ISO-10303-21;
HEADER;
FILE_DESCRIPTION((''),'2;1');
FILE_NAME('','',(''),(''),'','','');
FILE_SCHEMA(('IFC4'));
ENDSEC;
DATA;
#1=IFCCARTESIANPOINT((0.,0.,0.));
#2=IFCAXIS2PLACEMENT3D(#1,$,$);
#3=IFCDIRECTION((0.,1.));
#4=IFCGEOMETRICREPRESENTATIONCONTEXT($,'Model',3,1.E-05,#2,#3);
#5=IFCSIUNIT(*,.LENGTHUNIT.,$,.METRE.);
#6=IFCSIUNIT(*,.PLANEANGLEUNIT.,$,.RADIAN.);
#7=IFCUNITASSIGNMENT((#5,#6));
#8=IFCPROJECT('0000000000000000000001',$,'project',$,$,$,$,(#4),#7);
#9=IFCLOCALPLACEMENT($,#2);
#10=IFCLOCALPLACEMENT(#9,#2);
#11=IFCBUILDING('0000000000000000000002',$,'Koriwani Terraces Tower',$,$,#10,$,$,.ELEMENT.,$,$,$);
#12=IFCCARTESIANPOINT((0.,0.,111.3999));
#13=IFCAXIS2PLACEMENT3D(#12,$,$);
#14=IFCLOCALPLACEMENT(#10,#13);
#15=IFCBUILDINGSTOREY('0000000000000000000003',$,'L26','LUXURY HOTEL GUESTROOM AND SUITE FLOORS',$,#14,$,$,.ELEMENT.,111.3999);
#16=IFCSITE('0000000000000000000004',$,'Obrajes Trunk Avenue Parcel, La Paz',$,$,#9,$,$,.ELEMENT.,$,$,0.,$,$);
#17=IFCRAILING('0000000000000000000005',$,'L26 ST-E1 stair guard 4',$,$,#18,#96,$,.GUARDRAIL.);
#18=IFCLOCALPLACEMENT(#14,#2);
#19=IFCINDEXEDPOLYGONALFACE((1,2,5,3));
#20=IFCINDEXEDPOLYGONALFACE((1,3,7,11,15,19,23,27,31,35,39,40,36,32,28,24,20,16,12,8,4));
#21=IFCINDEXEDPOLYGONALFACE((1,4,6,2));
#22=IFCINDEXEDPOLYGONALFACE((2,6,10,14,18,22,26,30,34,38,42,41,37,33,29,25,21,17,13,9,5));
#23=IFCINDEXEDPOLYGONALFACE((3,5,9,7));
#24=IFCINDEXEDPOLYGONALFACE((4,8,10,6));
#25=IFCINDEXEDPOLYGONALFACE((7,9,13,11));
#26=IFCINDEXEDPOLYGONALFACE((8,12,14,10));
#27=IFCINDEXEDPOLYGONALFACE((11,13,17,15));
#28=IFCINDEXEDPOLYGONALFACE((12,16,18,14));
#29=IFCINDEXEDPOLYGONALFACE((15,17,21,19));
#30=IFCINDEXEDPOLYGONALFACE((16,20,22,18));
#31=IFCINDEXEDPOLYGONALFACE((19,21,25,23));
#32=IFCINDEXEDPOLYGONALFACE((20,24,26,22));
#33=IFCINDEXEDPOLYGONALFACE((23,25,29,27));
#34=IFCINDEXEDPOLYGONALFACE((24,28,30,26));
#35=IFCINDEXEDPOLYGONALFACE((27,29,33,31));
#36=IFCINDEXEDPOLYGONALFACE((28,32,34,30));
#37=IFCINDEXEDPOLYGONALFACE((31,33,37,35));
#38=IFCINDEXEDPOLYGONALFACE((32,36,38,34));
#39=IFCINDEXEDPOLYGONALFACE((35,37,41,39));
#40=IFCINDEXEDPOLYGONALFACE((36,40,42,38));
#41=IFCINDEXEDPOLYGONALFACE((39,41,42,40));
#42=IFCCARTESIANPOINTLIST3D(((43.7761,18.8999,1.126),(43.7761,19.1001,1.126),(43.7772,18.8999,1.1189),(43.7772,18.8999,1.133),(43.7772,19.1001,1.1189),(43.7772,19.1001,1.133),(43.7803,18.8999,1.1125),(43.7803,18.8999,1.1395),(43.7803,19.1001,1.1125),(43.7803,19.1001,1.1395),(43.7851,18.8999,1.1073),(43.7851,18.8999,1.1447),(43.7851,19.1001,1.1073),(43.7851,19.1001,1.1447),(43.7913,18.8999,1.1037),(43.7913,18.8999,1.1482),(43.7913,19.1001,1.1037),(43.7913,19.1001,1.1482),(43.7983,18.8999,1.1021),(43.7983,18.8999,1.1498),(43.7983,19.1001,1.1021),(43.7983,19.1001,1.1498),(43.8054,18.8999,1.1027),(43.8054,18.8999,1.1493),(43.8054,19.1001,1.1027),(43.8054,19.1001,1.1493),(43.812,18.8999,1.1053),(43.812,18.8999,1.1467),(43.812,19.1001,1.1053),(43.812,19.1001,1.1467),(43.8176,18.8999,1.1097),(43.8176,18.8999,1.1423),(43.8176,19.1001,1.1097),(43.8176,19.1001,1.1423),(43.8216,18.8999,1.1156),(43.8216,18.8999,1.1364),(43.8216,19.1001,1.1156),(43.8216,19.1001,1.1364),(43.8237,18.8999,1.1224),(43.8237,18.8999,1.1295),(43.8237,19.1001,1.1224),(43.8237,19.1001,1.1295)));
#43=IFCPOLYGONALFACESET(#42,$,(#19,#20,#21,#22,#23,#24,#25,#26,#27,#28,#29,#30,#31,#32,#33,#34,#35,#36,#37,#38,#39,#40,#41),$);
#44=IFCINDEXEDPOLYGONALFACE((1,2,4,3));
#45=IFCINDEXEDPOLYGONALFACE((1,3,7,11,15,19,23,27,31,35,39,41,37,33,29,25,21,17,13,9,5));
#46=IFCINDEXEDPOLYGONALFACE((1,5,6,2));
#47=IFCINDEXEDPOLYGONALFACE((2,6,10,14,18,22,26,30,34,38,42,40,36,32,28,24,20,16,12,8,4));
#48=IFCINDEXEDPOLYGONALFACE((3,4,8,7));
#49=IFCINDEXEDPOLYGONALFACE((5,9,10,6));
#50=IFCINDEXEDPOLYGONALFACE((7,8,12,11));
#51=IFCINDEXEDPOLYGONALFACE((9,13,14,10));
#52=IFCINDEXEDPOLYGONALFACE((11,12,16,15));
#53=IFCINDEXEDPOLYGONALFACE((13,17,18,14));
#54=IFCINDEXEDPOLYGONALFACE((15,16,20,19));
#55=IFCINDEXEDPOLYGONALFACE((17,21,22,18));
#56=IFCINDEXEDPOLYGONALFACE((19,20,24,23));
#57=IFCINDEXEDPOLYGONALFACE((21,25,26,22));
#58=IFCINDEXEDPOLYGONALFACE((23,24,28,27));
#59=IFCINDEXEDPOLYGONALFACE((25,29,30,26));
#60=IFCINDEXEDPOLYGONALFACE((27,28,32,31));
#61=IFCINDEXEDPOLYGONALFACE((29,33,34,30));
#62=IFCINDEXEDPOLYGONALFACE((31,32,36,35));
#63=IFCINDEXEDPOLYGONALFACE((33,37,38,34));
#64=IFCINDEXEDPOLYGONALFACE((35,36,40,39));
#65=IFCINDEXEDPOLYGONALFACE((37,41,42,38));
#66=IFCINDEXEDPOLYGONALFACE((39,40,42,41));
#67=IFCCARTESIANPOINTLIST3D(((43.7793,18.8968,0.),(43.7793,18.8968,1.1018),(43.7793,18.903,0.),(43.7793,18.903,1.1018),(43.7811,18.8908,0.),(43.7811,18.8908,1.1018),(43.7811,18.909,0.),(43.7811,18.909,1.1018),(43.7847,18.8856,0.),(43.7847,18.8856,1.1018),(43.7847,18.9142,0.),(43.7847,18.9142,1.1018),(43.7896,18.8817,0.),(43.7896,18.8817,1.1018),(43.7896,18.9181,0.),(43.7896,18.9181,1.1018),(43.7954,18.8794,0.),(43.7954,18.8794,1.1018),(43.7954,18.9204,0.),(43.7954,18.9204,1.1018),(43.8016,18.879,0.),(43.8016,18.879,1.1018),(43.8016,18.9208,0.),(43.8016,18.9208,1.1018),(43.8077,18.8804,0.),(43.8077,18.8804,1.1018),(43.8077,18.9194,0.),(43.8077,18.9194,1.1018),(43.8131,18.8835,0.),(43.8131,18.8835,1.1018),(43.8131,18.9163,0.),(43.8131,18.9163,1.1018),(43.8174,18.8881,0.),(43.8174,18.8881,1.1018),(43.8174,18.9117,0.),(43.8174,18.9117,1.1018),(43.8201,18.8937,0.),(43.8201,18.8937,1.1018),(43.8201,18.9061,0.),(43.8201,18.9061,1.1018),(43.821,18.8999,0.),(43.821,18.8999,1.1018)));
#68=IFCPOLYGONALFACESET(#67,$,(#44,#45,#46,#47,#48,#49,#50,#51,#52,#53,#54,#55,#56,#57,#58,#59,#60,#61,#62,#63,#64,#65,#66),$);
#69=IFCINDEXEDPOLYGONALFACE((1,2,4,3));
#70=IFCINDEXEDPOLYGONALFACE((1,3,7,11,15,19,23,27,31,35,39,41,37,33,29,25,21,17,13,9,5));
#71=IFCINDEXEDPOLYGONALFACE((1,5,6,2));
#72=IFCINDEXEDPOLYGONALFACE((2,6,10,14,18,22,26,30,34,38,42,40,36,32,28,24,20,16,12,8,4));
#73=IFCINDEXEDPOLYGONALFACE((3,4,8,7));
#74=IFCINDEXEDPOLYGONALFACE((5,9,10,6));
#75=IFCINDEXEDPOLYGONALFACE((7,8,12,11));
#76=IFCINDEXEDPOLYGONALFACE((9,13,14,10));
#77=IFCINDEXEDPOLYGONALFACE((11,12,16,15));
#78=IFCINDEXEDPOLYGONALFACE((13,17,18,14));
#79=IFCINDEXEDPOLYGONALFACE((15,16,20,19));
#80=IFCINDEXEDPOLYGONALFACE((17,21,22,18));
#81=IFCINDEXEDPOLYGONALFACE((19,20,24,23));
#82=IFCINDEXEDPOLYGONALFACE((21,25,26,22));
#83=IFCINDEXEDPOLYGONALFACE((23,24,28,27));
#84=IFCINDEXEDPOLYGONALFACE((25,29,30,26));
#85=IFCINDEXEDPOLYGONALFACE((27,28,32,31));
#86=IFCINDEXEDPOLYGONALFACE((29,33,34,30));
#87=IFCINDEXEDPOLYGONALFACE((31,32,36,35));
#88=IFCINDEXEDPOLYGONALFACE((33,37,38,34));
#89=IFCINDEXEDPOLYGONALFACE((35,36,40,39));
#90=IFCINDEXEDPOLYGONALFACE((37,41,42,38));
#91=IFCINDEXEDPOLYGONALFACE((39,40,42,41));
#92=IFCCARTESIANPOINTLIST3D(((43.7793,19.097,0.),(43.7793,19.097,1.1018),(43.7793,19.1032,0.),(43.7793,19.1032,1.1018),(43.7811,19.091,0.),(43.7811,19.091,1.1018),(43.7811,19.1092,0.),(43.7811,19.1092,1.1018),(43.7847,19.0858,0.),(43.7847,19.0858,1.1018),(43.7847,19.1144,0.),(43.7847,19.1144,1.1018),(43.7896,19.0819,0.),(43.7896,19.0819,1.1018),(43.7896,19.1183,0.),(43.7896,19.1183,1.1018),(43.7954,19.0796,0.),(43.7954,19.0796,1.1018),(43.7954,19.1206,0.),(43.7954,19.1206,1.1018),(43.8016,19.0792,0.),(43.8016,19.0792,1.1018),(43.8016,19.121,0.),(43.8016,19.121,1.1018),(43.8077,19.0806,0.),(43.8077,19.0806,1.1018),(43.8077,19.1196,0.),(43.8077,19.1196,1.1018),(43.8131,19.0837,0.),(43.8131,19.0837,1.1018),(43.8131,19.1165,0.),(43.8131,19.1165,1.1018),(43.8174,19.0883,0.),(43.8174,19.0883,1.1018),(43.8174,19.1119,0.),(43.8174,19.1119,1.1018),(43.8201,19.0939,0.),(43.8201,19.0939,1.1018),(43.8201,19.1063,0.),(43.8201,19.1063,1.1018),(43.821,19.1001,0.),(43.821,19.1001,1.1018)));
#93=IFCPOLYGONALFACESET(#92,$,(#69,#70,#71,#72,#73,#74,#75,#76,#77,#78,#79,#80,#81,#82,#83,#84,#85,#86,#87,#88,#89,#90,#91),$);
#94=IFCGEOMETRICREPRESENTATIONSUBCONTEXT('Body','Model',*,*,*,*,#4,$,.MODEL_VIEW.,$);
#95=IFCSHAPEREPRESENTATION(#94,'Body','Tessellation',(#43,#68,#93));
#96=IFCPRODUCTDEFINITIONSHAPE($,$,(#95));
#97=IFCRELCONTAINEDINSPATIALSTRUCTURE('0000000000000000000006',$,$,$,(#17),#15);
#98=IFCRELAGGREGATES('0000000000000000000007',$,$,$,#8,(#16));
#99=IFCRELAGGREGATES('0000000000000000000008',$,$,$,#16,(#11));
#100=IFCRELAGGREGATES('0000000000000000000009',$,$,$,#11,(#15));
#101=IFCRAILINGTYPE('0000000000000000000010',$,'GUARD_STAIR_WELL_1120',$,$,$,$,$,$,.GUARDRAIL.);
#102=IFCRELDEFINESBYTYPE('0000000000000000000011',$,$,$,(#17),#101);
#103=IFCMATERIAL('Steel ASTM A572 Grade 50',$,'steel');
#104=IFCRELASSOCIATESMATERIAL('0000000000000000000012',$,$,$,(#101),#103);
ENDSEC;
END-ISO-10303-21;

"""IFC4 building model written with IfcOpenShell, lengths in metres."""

from ifc_helpers import new_model, si_unit, direction, frame, origin, origin_2d, place, context, subcontext, project, spatial, circle, extrude, material, type_object, element, save


model = new_model("IFC4")

# Units and contexts
model_context = context("Model", 3, precision=1e-05, world=origin(), true_north=direction((0.0, 1.0)))
body_context = subcontext(model_context, "Body", "Model", "MODEL_VIEW")
ifc_project = project(units=[si_unit("LENGTHUNIT", "METRE"), si_unit("PLANEANGLEUNIT", "RADIAN")], contexts=[model_context])

# Site, building, storey
site_placement = place(None, origin())
site = spatial("IfcSite", under=ifc_project, at=site_placement, Name="Obrajes Trunk Avenue Parcel, La Paz", CompositionType="ELEMENT", RefElevation=0.0)
building_placement = place(site_placement, origin())
building = spatial("IfcBuilding", under=site, at=building_placement, Name="Koriwani Terraces Tower", CompositionType="ELEMENT")
storey_placement = place(building_placement, frame((0.0, 0.0, 111.3999)))
storey = spatial("IfcBuildingStorey", under=building, at=storey_placement, Name="L26", Description="LUXURY HOTEL GUESTROOM AND SUITE FLOORS", CompositionType="ELEMENT", Elevation=111.3999)

# Shared definitions
ifc_material_1 = material(Name="Steel ASTM A572 Grade 50", Category="steel")

# Railing
railing_type_1 = type_object("IfcRailingType", Name="GUARD_STAIR_WELL_1120", PredefinedType="GUARDRAIL", material=ifc_material_1)
railing_1_placement = place(storey_placement, frame((43.8, 18.8999, 0.0)))
element("IfcRailing", 1, at=railing_1_placement, inside=storey, type_object=railing_type_1, Name="L26 ST-E1 stair guard 4", PredefinedType="GUARDRAIL", context=body_context, shape_type="SweptSolid", body=[
    extrude(circle(Radius=0.0239, at=origin_2d()), frame((0.0, 0.0, 1.126), z_axis=(0.0, 1.0, 0.0), x_axis=(-1.0, 0.0, 0.0)), (0.0, 0.0, 1.0), 0.2002),
    extrude(circle(Radius=0.021, at=origin_2d()), origin(), (0.0, 0.0, 1.0), 1.1018),
    extrude(circle(Radius=0.021, at=origin_2d()), frame((0.0, 0.2002, 0.0)), (0.0, 0.0, 1.0), 1.1018),
])

save(model, "model.ifc")
